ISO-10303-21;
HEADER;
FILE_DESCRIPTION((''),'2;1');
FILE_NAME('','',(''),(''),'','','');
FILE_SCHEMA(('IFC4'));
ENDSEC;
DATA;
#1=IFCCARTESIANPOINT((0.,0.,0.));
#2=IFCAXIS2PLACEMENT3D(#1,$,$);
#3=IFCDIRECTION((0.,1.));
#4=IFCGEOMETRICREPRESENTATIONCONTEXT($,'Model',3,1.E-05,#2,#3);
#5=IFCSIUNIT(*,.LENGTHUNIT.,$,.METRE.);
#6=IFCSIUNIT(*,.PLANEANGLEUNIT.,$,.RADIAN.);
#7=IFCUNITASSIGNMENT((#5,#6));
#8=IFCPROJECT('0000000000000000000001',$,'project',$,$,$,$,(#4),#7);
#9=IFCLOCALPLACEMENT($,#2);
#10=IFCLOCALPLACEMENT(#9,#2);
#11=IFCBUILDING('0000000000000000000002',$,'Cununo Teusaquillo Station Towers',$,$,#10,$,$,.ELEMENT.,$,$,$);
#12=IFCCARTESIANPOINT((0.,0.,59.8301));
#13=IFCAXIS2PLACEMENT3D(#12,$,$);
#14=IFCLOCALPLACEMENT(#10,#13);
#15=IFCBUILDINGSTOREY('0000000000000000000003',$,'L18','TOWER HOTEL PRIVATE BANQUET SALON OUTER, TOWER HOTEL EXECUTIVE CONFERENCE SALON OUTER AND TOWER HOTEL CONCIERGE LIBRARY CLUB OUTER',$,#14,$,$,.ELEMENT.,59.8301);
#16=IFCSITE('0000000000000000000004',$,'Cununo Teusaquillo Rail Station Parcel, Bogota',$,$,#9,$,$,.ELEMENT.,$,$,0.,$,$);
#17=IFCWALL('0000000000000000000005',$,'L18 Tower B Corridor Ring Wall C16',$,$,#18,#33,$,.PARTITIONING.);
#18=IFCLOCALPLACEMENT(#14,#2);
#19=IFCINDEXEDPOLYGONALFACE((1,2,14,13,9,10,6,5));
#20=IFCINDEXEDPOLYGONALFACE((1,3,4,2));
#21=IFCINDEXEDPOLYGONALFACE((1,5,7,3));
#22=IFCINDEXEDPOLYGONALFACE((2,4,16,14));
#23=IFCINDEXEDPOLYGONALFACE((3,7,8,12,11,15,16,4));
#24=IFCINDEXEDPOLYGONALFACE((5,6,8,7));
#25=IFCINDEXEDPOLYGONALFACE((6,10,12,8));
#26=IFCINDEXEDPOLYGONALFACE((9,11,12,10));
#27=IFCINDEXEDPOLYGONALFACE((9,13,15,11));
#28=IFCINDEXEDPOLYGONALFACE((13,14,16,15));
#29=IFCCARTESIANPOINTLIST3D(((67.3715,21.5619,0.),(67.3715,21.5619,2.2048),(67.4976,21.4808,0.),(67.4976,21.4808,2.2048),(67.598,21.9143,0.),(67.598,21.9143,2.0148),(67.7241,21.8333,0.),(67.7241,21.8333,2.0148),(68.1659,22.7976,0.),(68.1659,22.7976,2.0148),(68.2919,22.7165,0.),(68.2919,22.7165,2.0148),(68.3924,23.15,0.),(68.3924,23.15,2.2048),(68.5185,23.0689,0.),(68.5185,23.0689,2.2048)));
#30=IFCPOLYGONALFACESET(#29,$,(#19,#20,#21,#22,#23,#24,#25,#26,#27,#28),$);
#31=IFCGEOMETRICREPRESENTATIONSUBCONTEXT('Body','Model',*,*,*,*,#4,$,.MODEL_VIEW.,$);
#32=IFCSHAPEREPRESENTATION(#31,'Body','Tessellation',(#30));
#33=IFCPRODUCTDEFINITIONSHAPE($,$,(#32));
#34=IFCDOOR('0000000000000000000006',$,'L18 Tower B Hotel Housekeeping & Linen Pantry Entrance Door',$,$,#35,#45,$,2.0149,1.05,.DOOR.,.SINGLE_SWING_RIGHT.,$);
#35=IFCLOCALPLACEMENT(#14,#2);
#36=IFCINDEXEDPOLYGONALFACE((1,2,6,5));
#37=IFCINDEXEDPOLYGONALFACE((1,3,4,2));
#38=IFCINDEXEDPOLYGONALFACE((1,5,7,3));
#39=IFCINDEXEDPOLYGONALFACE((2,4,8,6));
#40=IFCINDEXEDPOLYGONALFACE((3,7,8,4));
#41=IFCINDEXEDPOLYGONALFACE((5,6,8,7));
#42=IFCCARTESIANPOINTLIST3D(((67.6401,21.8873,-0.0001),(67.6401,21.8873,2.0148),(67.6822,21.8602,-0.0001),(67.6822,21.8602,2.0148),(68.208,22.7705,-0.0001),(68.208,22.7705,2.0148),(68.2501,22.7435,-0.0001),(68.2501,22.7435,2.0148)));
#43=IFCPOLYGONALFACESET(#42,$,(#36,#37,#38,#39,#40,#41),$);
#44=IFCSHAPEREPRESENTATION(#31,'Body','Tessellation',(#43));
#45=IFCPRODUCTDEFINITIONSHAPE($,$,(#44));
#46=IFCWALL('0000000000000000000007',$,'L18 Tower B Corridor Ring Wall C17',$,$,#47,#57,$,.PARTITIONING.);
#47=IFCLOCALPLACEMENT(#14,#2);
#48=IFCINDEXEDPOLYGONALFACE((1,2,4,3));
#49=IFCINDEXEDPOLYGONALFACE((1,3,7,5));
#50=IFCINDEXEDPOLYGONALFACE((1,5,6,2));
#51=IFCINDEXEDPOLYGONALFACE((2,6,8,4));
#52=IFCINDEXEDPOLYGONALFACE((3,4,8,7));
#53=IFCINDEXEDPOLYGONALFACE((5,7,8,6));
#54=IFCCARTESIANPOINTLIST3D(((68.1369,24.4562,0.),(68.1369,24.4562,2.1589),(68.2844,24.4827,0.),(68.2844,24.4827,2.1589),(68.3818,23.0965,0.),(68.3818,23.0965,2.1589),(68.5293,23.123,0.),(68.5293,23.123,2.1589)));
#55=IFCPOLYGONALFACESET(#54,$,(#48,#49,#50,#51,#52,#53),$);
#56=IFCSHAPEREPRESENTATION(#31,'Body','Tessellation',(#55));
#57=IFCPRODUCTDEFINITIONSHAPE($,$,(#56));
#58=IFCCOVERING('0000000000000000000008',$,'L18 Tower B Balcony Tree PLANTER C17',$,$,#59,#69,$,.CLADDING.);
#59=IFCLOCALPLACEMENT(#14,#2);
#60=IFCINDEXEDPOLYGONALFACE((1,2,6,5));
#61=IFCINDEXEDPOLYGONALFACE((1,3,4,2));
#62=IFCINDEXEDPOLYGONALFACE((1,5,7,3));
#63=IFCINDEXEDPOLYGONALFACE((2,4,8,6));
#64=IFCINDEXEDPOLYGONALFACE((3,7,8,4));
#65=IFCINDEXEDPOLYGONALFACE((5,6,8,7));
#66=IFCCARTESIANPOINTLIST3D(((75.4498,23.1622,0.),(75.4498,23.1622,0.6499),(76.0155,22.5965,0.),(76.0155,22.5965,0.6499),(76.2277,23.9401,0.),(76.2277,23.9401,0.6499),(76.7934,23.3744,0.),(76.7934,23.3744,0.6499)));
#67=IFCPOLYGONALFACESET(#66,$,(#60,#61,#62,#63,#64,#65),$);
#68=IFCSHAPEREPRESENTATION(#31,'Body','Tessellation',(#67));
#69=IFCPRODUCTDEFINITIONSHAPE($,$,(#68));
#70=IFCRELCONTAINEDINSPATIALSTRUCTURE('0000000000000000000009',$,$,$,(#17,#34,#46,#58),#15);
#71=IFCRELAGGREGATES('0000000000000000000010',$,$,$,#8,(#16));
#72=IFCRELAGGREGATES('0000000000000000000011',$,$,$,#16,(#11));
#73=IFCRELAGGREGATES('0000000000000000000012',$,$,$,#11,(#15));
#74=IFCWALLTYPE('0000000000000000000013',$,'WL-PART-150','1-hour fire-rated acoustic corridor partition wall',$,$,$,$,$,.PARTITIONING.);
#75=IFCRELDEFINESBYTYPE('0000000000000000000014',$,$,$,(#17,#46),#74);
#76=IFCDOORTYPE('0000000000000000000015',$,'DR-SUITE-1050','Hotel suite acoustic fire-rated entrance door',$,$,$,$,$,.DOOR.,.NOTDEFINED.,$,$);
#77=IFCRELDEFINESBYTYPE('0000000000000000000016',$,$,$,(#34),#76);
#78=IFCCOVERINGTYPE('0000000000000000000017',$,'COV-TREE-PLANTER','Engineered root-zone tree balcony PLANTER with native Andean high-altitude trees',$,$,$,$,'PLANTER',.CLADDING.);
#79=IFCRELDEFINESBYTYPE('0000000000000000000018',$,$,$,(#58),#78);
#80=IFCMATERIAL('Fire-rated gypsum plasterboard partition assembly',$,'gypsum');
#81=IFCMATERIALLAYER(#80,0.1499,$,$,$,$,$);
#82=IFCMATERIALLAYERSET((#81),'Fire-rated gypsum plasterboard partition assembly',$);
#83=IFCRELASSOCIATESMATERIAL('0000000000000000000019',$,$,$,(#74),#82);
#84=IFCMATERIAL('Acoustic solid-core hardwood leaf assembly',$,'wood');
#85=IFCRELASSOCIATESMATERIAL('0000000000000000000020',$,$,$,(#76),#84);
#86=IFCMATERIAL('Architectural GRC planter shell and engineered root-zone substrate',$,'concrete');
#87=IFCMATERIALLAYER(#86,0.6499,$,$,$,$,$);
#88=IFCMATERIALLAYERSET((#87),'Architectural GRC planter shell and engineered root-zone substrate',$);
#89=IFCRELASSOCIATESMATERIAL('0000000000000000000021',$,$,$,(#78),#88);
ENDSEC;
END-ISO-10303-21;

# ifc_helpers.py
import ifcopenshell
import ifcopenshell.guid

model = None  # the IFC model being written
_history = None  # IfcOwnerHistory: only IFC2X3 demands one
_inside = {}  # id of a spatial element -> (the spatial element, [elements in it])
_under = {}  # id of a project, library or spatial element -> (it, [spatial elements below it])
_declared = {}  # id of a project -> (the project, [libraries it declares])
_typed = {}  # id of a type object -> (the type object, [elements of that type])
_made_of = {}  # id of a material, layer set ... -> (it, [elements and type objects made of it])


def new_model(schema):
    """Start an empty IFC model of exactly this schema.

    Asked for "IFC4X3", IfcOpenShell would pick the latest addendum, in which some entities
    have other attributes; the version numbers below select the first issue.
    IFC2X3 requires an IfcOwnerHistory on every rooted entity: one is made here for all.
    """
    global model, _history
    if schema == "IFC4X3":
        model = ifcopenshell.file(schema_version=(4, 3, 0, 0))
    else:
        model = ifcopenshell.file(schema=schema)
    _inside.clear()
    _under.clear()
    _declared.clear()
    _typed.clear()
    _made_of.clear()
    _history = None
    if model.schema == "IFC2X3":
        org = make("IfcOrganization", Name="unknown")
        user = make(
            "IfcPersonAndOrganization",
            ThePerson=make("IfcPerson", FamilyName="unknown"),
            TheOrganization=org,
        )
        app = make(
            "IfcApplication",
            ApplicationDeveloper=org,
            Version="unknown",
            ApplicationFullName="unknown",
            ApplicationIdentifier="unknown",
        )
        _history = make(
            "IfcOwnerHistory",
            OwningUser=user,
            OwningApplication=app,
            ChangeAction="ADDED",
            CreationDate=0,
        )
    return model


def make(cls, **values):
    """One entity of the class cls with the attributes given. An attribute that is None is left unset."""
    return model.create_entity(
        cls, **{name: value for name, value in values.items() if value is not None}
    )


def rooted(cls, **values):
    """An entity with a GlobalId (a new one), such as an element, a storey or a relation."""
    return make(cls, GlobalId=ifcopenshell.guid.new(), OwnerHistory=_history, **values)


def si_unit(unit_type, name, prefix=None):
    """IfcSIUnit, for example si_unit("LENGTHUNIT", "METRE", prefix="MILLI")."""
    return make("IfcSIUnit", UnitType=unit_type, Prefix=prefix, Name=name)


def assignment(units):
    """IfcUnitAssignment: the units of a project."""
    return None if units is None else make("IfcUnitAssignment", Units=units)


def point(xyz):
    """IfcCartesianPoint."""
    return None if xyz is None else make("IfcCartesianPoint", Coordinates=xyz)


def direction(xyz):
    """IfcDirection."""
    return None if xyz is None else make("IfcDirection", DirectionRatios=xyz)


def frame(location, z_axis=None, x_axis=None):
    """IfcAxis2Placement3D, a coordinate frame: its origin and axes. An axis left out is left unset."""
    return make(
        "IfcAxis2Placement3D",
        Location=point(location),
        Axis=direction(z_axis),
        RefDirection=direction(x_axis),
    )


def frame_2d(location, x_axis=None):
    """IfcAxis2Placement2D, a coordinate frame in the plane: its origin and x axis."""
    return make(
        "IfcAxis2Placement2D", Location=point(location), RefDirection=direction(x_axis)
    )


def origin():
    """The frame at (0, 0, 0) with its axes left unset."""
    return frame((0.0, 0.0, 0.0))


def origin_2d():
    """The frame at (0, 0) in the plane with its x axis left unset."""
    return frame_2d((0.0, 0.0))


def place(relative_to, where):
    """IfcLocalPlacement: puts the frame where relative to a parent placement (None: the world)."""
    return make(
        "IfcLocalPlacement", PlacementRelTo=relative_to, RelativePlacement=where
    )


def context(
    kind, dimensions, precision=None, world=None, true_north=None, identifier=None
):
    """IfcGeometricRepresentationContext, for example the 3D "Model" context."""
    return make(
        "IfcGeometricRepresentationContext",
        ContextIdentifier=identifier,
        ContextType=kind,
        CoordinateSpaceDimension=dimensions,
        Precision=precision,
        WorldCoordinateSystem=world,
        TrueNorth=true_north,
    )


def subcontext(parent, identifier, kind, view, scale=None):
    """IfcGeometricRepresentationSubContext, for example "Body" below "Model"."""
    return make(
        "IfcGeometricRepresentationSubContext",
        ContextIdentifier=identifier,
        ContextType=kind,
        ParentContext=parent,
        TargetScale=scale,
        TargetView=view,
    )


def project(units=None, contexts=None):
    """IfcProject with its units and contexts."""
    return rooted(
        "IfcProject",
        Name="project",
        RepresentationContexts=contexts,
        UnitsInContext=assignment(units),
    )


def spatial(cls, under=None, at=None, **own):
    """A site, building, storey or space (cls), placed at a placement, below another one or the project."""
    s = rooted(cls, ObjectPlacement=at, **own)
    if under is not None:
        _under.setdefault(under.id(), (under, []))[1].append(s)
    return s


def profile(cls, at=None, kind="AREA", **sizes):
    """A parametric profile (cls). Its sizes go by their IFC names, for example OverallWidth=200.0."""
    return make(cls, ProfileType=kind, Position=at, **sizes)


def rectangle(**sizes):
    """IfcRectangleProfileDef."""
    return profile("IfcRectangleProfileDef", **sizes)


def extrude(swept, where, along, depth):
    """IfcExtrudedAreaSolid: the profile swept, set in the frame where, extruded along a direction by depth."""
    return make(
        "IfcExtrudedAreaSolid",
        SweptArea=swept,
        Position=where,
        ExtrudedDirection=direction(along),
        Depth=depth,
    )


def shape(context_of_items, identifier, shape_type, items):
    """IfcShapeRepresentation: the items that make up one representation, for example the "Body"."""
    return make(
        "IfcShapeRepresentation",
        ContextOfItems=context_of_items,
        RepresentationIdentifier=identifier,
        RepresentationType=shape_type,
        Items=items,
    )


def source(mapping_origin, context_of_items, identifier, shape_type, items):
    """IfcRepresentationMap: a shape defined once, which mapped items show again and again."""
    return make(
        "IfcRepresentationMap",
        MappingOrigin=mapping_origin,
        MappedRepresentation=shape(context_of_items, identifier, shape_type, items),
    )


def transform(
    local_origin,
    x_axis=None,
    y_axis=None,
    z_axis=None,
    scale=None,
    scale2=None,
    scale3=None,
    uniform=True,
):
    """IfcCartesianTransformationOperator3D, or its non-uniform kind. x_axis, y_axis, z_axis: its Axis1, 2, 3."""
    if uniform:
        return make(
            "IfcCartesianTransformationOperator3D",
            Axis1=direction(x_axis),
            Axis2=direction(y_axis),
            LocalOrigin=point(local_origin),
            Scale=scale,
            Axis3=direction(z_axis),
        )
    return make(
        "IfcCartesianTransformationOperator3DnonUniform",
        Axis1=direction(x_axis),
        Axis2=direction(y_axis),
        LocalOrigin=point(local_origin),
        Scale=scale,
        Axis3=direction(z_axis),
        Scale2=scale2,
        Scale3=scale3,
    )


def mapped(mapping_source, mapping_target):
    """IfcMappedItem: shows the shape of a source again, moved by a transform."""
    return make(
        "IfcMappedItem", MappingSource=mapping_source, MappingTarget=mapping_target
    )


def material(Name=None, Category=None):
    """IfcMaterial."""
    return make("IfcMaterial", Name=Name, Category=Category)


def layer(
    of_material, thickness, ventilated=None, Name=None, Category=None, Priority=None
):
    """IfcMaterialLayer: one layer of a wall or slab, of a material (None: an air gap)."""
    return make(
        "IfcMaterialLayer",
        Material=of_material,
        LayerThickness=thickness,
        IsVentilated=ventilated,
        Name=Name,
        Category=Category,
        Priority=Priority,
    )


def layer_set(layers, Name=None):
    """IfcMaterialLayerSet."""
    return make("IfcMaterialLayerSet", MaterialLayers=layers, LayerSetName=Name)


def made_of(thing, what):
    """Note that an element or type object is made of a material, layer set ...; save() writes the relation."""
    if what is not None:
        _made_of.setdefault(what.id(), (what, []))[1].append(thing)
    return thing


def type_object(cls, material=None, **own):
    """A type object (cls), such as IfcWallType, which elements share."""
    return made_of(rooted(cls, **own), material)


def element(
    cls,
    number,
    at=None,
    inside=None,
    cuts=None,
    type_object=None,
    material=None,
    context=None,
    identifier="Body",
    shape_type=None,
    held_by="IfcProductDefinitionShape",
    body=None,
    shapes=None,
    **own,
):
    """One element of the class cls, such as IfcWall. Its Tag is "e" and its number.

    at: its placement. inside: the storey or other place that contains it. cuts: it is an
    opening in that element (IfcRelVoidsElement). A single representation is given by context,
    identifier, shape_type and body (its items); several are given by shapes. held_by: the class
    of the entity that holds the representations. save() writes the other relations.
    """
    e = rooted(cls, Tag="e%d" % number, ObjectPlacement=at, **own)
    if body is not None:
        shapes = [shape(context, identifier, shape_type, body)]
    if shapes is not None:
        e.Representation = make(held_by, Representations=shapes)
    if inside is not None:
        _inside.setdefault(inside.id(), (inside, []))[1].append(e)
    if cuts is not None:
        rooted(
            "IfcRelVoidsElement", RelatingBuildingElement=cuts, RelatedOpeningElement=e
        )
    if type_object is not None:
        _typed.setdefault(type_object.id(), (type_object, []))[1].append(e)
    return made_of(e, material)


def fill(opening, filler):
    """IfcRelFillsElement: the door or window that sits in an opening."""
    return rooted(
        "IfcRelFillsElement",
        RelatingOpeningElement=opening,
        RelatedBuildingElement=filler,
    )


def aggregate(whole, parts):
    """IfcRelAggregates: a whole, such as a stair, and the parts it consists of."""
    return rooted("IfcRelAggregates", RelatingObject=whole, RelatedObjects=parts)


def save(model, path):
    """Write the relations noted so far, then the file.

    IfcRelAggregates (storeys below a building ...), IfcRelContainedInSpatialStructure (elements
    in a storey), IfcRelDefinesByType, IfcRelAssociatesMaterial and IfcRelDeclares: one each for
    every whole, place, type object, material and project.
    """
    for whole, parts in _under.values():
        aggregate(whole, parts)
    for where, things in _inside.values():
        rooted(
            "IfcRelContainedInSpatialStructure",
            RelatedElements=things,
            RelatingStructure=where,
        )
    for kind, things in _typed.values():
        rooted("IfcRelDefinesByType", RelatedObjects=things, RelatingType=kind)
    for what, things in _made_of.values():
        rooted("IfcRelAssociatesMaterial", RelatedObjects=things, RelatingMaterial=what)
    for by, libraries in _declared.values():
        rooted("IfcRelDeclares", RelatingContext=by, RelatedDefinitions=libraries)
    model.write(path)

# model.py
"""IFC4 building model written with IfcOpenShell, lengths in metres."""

from ifc_helpers import new_model, si_unit, direction, frame, frame_2d, origin, origin_2d, place, context, subcontext, project, spatial, rectangle, extrude, source, transform, mapped, material, layer, layer_set, type_object, element, fill, save


model = new_model("IFC4")

# Units and contexts
model_context = context("Model", 3, precision=1e-05, world=origin(), true_north=direction((0.0, 1.0)))
body_context = subcontext(model_context, "Body", "Model", "MODEL_VIEW")
ifc_project = project(units=[si_unit("LENGTHUNIT", "METRE"), si_unit("PLANEANGLEUNIT", "RADIAN")], contexts=[model_context])

# Site, building, storey
site_placement = place(None, origin())
site = spatial("IfcSite", under=ifc_project, at=site_placement, Name="Cununo Teusaquillo Rail Station Parcel, Bogota", CompositionType="ELEMENT", RefElevation=0.0)
building_placement = place(site_placement, origin())
building = spatial("IfcBuilding", under=site, at=building_placement, Name="Cununo Teusaquillo Station Towers", CompositionType="ELEMENT")
storey_placement = place(building_placement, frame((0.0, 0.0, 59.8301)))
storey = spatial("IfcBuildingStorey", under=building, at=storey_placement, Name="L18", Description="TOWER HOTEL PRIVATE BANQUET SALON OUTER, TOWER HOTEL EXECUTIVE CONFERENCE SALON OUTER AND TOWER HOTEL CONCIERGE LIBRARY CLUB OUTER", CompositionType="ELEMENT", Elevation=59.8301)

# Wall, opening, door
ifc_material_1 = material(Name="Fire-rated gypsum plasterboard partition assembly", Category="gypsum")
ifc_layer_1 = layer(ifc_material_1, 0.1499)
ifc_layer_set_1 = layer_set([ifc_layer_1], Name="Fire-rated gypsum plasterboard partition assembly")
wall_type_1 = type_object("IfcWallType", Name="WL-PART-150", Description="1-hour fire-rated acoustic corridor partition wall", PredefinedType="PARTITIONING", material=ifc_layer_set_1)
wall_1_placement = place(storey_placement, frame((67.4346, 21.5215, 0.0), z_axis=(0.0, 0.0, 1.0), x_axis=(0.540777, 0.841166, 0.0)))
wall_1 = element("IfcWall", 1, at=wall_1_placement, inside=storey, type_object=wall_type_1, Name="L18 Tower B Corridor Ring Wall C16", PredefinedType="PARTITIONING", context=body_context, shape_type="SweptSolid", body=[
    extrude(rectangle(XDim=1.8879, YDim=0.1499, at=frame_2d((0.9438, 0.0))), origin(), (0.0, 0.0, 1.0), 2.2048),
])
shared_shape_1 = source(origin(), body_context, "Body", "SweptSolid", [
    extrude(rectangle(XDim=1.05, YDim=2.0149, at=frame_2d((0.5249, 1.0073))), frame((0.0, 0.085, 0.0), z_axis=(0.0, -1.0, 0.0), x_axis=(1.0, 0.0, 0.0)), (0.0, 0.0, 1.0), 0.1699),
])
opening_1_placement = place(wall_1_placement, frame((0.4189, 0.0, 0.0)))
opening_1 = element("IfcOpeningElement", 2, at=opening_1_placement, cuts=wall_1, PredefinedType="OPENING", context=body_context, shape_type="MappedRepresentation", body=[
    mapped(shared_shape_1, transform((0.0, 0.0, 0.0), x_axis=(1.0, 0.0, 0.0), y_axis=(0.0, 1.0, 0.0), z_axis=(0.0, 0.0, 1.0), scale=1.0)),
])
ifc_material_2 = material(Name="Acoustic solid-core hardwood leaf assembly", Category="wood")
door_type_1 = type_object("IfcDoorType", Name="DR-SUITE-1050", Description="Hotel suite acoustic fire-rated entrance door", OperationType="NOTDEFINED", PredefinedType="DOOR", material=ifc_material_2)
shared_shape_2 = source(origin(), body_context, "Body", "SweptSolid", [
    extrude(rectangle(XDim=1.05, YDim=2.0149, at=frame_2d((0.5249, 1.0073))), frame((0.0, 0.0249, 0.0), z_axis=(0.0, -1.0, 0.0), x_axis=(1.0, 0.0, 0.0)), (0.0, 0.0, 1.0), 0.05),
])
door_1_placement = place(opening_1_placement, origin())
door_1 = element("IfcDoor", 3, at=door_1_placement, inside=storey, type_object=door_type_1, Name="L18 Tower B Hotel Housekeeping & Linen Pantry Entrance Door", OperationType="SINGLE_SWING_RIGHT", OverallHeight=2.0149, OverallWidth=1.05, PredefinedType="DOOR", context=body_context, shape_type="MappedRepresentation", body=[
    mapped(shared_shape_2, transform((0.0, 0.0, 0.0), x_axis=(1.0, 0.0, 0.0), y_axis=(0.0, 1.0, 0.0), z_axis=(0.0, 0.0, 1.0), scale=1.0)),
])
fill(opening_1, door_1)

# Wall
wall_2_placement = place(storey_placement, frame((68.4556, 23.1096, 0.0), z_axis=(0.0, 0.0, 1.0), x_axis=(-0.177252, 0.984165, 0.0)))
element("IfcWall", 4, at=wall_2_placement, inside=storey, type_object=wall_type_1, Name="L18 Tower B Corridor Ring Wall C17", PredefinedType="PARTITIONING", context=body_context, shape_type="SweptSolid", body=[
    extrude(rectangle(XDim=1.3816, YDim=0.1499, at=frame_2d((0.6909, 0.0))), origin(), (0.0, 0.0, 1.0), 2.1589),
])

# Covering
ifc_material_3 = material(Name="Architectural GRC planter shell and engineered root-zone substrate", Category="concrete")
ifc_layer_2 = layer(ifc_material_3, 0.6499)
ifc_layer_set_2 = layer_set([ifc_layer_2], Name="Architectural GRC planter shell and engineered root-zone substrate")
covering_type = type_object("IfcCoveringType", Name="COV-TREE-PLANTER", Description="Engineered root-zone tree balcony PLANTER with native Andean high-altitude trees", ElementType="PLANTER", PredefinedType="CLADDING", material=ifc_layer_set_2)
shared_shape_3 = source(origin(), body_context, "Body", "SweptSolid", [
    extrude(rectangle(XDim=1.1001, YDim=0.8, at=origin_2d()), origin(), (0.0, 0.0, 1.0), 0.6499),
])
covering_placement = place(storey_placement, frame((76.1216, 23.2683, 0.0), z_axis=(0.0, 0.0, 1.0), x_axis=(0.707107, 0.707107, 0.0)))
element("IfcCovering", 5, at=covering_placement, inside=storey, type_object=covering_type, Name="L18 Tower B Balcony Tree PLANTER C17", PredefinedType="CLADDING", context=body_context, shape_type="MappedRepresentation", body=[
    mapped(shared_shape_3, transform((0.0, 0.0, 0.0), x_axis=(1.0, 0.0, 0.0), y_axis=(0.0, 1.0, 0.0), z_axis=(0.0, 0.0, 1.0), scale=1.0)),
])

save(model, "model.ifc")
